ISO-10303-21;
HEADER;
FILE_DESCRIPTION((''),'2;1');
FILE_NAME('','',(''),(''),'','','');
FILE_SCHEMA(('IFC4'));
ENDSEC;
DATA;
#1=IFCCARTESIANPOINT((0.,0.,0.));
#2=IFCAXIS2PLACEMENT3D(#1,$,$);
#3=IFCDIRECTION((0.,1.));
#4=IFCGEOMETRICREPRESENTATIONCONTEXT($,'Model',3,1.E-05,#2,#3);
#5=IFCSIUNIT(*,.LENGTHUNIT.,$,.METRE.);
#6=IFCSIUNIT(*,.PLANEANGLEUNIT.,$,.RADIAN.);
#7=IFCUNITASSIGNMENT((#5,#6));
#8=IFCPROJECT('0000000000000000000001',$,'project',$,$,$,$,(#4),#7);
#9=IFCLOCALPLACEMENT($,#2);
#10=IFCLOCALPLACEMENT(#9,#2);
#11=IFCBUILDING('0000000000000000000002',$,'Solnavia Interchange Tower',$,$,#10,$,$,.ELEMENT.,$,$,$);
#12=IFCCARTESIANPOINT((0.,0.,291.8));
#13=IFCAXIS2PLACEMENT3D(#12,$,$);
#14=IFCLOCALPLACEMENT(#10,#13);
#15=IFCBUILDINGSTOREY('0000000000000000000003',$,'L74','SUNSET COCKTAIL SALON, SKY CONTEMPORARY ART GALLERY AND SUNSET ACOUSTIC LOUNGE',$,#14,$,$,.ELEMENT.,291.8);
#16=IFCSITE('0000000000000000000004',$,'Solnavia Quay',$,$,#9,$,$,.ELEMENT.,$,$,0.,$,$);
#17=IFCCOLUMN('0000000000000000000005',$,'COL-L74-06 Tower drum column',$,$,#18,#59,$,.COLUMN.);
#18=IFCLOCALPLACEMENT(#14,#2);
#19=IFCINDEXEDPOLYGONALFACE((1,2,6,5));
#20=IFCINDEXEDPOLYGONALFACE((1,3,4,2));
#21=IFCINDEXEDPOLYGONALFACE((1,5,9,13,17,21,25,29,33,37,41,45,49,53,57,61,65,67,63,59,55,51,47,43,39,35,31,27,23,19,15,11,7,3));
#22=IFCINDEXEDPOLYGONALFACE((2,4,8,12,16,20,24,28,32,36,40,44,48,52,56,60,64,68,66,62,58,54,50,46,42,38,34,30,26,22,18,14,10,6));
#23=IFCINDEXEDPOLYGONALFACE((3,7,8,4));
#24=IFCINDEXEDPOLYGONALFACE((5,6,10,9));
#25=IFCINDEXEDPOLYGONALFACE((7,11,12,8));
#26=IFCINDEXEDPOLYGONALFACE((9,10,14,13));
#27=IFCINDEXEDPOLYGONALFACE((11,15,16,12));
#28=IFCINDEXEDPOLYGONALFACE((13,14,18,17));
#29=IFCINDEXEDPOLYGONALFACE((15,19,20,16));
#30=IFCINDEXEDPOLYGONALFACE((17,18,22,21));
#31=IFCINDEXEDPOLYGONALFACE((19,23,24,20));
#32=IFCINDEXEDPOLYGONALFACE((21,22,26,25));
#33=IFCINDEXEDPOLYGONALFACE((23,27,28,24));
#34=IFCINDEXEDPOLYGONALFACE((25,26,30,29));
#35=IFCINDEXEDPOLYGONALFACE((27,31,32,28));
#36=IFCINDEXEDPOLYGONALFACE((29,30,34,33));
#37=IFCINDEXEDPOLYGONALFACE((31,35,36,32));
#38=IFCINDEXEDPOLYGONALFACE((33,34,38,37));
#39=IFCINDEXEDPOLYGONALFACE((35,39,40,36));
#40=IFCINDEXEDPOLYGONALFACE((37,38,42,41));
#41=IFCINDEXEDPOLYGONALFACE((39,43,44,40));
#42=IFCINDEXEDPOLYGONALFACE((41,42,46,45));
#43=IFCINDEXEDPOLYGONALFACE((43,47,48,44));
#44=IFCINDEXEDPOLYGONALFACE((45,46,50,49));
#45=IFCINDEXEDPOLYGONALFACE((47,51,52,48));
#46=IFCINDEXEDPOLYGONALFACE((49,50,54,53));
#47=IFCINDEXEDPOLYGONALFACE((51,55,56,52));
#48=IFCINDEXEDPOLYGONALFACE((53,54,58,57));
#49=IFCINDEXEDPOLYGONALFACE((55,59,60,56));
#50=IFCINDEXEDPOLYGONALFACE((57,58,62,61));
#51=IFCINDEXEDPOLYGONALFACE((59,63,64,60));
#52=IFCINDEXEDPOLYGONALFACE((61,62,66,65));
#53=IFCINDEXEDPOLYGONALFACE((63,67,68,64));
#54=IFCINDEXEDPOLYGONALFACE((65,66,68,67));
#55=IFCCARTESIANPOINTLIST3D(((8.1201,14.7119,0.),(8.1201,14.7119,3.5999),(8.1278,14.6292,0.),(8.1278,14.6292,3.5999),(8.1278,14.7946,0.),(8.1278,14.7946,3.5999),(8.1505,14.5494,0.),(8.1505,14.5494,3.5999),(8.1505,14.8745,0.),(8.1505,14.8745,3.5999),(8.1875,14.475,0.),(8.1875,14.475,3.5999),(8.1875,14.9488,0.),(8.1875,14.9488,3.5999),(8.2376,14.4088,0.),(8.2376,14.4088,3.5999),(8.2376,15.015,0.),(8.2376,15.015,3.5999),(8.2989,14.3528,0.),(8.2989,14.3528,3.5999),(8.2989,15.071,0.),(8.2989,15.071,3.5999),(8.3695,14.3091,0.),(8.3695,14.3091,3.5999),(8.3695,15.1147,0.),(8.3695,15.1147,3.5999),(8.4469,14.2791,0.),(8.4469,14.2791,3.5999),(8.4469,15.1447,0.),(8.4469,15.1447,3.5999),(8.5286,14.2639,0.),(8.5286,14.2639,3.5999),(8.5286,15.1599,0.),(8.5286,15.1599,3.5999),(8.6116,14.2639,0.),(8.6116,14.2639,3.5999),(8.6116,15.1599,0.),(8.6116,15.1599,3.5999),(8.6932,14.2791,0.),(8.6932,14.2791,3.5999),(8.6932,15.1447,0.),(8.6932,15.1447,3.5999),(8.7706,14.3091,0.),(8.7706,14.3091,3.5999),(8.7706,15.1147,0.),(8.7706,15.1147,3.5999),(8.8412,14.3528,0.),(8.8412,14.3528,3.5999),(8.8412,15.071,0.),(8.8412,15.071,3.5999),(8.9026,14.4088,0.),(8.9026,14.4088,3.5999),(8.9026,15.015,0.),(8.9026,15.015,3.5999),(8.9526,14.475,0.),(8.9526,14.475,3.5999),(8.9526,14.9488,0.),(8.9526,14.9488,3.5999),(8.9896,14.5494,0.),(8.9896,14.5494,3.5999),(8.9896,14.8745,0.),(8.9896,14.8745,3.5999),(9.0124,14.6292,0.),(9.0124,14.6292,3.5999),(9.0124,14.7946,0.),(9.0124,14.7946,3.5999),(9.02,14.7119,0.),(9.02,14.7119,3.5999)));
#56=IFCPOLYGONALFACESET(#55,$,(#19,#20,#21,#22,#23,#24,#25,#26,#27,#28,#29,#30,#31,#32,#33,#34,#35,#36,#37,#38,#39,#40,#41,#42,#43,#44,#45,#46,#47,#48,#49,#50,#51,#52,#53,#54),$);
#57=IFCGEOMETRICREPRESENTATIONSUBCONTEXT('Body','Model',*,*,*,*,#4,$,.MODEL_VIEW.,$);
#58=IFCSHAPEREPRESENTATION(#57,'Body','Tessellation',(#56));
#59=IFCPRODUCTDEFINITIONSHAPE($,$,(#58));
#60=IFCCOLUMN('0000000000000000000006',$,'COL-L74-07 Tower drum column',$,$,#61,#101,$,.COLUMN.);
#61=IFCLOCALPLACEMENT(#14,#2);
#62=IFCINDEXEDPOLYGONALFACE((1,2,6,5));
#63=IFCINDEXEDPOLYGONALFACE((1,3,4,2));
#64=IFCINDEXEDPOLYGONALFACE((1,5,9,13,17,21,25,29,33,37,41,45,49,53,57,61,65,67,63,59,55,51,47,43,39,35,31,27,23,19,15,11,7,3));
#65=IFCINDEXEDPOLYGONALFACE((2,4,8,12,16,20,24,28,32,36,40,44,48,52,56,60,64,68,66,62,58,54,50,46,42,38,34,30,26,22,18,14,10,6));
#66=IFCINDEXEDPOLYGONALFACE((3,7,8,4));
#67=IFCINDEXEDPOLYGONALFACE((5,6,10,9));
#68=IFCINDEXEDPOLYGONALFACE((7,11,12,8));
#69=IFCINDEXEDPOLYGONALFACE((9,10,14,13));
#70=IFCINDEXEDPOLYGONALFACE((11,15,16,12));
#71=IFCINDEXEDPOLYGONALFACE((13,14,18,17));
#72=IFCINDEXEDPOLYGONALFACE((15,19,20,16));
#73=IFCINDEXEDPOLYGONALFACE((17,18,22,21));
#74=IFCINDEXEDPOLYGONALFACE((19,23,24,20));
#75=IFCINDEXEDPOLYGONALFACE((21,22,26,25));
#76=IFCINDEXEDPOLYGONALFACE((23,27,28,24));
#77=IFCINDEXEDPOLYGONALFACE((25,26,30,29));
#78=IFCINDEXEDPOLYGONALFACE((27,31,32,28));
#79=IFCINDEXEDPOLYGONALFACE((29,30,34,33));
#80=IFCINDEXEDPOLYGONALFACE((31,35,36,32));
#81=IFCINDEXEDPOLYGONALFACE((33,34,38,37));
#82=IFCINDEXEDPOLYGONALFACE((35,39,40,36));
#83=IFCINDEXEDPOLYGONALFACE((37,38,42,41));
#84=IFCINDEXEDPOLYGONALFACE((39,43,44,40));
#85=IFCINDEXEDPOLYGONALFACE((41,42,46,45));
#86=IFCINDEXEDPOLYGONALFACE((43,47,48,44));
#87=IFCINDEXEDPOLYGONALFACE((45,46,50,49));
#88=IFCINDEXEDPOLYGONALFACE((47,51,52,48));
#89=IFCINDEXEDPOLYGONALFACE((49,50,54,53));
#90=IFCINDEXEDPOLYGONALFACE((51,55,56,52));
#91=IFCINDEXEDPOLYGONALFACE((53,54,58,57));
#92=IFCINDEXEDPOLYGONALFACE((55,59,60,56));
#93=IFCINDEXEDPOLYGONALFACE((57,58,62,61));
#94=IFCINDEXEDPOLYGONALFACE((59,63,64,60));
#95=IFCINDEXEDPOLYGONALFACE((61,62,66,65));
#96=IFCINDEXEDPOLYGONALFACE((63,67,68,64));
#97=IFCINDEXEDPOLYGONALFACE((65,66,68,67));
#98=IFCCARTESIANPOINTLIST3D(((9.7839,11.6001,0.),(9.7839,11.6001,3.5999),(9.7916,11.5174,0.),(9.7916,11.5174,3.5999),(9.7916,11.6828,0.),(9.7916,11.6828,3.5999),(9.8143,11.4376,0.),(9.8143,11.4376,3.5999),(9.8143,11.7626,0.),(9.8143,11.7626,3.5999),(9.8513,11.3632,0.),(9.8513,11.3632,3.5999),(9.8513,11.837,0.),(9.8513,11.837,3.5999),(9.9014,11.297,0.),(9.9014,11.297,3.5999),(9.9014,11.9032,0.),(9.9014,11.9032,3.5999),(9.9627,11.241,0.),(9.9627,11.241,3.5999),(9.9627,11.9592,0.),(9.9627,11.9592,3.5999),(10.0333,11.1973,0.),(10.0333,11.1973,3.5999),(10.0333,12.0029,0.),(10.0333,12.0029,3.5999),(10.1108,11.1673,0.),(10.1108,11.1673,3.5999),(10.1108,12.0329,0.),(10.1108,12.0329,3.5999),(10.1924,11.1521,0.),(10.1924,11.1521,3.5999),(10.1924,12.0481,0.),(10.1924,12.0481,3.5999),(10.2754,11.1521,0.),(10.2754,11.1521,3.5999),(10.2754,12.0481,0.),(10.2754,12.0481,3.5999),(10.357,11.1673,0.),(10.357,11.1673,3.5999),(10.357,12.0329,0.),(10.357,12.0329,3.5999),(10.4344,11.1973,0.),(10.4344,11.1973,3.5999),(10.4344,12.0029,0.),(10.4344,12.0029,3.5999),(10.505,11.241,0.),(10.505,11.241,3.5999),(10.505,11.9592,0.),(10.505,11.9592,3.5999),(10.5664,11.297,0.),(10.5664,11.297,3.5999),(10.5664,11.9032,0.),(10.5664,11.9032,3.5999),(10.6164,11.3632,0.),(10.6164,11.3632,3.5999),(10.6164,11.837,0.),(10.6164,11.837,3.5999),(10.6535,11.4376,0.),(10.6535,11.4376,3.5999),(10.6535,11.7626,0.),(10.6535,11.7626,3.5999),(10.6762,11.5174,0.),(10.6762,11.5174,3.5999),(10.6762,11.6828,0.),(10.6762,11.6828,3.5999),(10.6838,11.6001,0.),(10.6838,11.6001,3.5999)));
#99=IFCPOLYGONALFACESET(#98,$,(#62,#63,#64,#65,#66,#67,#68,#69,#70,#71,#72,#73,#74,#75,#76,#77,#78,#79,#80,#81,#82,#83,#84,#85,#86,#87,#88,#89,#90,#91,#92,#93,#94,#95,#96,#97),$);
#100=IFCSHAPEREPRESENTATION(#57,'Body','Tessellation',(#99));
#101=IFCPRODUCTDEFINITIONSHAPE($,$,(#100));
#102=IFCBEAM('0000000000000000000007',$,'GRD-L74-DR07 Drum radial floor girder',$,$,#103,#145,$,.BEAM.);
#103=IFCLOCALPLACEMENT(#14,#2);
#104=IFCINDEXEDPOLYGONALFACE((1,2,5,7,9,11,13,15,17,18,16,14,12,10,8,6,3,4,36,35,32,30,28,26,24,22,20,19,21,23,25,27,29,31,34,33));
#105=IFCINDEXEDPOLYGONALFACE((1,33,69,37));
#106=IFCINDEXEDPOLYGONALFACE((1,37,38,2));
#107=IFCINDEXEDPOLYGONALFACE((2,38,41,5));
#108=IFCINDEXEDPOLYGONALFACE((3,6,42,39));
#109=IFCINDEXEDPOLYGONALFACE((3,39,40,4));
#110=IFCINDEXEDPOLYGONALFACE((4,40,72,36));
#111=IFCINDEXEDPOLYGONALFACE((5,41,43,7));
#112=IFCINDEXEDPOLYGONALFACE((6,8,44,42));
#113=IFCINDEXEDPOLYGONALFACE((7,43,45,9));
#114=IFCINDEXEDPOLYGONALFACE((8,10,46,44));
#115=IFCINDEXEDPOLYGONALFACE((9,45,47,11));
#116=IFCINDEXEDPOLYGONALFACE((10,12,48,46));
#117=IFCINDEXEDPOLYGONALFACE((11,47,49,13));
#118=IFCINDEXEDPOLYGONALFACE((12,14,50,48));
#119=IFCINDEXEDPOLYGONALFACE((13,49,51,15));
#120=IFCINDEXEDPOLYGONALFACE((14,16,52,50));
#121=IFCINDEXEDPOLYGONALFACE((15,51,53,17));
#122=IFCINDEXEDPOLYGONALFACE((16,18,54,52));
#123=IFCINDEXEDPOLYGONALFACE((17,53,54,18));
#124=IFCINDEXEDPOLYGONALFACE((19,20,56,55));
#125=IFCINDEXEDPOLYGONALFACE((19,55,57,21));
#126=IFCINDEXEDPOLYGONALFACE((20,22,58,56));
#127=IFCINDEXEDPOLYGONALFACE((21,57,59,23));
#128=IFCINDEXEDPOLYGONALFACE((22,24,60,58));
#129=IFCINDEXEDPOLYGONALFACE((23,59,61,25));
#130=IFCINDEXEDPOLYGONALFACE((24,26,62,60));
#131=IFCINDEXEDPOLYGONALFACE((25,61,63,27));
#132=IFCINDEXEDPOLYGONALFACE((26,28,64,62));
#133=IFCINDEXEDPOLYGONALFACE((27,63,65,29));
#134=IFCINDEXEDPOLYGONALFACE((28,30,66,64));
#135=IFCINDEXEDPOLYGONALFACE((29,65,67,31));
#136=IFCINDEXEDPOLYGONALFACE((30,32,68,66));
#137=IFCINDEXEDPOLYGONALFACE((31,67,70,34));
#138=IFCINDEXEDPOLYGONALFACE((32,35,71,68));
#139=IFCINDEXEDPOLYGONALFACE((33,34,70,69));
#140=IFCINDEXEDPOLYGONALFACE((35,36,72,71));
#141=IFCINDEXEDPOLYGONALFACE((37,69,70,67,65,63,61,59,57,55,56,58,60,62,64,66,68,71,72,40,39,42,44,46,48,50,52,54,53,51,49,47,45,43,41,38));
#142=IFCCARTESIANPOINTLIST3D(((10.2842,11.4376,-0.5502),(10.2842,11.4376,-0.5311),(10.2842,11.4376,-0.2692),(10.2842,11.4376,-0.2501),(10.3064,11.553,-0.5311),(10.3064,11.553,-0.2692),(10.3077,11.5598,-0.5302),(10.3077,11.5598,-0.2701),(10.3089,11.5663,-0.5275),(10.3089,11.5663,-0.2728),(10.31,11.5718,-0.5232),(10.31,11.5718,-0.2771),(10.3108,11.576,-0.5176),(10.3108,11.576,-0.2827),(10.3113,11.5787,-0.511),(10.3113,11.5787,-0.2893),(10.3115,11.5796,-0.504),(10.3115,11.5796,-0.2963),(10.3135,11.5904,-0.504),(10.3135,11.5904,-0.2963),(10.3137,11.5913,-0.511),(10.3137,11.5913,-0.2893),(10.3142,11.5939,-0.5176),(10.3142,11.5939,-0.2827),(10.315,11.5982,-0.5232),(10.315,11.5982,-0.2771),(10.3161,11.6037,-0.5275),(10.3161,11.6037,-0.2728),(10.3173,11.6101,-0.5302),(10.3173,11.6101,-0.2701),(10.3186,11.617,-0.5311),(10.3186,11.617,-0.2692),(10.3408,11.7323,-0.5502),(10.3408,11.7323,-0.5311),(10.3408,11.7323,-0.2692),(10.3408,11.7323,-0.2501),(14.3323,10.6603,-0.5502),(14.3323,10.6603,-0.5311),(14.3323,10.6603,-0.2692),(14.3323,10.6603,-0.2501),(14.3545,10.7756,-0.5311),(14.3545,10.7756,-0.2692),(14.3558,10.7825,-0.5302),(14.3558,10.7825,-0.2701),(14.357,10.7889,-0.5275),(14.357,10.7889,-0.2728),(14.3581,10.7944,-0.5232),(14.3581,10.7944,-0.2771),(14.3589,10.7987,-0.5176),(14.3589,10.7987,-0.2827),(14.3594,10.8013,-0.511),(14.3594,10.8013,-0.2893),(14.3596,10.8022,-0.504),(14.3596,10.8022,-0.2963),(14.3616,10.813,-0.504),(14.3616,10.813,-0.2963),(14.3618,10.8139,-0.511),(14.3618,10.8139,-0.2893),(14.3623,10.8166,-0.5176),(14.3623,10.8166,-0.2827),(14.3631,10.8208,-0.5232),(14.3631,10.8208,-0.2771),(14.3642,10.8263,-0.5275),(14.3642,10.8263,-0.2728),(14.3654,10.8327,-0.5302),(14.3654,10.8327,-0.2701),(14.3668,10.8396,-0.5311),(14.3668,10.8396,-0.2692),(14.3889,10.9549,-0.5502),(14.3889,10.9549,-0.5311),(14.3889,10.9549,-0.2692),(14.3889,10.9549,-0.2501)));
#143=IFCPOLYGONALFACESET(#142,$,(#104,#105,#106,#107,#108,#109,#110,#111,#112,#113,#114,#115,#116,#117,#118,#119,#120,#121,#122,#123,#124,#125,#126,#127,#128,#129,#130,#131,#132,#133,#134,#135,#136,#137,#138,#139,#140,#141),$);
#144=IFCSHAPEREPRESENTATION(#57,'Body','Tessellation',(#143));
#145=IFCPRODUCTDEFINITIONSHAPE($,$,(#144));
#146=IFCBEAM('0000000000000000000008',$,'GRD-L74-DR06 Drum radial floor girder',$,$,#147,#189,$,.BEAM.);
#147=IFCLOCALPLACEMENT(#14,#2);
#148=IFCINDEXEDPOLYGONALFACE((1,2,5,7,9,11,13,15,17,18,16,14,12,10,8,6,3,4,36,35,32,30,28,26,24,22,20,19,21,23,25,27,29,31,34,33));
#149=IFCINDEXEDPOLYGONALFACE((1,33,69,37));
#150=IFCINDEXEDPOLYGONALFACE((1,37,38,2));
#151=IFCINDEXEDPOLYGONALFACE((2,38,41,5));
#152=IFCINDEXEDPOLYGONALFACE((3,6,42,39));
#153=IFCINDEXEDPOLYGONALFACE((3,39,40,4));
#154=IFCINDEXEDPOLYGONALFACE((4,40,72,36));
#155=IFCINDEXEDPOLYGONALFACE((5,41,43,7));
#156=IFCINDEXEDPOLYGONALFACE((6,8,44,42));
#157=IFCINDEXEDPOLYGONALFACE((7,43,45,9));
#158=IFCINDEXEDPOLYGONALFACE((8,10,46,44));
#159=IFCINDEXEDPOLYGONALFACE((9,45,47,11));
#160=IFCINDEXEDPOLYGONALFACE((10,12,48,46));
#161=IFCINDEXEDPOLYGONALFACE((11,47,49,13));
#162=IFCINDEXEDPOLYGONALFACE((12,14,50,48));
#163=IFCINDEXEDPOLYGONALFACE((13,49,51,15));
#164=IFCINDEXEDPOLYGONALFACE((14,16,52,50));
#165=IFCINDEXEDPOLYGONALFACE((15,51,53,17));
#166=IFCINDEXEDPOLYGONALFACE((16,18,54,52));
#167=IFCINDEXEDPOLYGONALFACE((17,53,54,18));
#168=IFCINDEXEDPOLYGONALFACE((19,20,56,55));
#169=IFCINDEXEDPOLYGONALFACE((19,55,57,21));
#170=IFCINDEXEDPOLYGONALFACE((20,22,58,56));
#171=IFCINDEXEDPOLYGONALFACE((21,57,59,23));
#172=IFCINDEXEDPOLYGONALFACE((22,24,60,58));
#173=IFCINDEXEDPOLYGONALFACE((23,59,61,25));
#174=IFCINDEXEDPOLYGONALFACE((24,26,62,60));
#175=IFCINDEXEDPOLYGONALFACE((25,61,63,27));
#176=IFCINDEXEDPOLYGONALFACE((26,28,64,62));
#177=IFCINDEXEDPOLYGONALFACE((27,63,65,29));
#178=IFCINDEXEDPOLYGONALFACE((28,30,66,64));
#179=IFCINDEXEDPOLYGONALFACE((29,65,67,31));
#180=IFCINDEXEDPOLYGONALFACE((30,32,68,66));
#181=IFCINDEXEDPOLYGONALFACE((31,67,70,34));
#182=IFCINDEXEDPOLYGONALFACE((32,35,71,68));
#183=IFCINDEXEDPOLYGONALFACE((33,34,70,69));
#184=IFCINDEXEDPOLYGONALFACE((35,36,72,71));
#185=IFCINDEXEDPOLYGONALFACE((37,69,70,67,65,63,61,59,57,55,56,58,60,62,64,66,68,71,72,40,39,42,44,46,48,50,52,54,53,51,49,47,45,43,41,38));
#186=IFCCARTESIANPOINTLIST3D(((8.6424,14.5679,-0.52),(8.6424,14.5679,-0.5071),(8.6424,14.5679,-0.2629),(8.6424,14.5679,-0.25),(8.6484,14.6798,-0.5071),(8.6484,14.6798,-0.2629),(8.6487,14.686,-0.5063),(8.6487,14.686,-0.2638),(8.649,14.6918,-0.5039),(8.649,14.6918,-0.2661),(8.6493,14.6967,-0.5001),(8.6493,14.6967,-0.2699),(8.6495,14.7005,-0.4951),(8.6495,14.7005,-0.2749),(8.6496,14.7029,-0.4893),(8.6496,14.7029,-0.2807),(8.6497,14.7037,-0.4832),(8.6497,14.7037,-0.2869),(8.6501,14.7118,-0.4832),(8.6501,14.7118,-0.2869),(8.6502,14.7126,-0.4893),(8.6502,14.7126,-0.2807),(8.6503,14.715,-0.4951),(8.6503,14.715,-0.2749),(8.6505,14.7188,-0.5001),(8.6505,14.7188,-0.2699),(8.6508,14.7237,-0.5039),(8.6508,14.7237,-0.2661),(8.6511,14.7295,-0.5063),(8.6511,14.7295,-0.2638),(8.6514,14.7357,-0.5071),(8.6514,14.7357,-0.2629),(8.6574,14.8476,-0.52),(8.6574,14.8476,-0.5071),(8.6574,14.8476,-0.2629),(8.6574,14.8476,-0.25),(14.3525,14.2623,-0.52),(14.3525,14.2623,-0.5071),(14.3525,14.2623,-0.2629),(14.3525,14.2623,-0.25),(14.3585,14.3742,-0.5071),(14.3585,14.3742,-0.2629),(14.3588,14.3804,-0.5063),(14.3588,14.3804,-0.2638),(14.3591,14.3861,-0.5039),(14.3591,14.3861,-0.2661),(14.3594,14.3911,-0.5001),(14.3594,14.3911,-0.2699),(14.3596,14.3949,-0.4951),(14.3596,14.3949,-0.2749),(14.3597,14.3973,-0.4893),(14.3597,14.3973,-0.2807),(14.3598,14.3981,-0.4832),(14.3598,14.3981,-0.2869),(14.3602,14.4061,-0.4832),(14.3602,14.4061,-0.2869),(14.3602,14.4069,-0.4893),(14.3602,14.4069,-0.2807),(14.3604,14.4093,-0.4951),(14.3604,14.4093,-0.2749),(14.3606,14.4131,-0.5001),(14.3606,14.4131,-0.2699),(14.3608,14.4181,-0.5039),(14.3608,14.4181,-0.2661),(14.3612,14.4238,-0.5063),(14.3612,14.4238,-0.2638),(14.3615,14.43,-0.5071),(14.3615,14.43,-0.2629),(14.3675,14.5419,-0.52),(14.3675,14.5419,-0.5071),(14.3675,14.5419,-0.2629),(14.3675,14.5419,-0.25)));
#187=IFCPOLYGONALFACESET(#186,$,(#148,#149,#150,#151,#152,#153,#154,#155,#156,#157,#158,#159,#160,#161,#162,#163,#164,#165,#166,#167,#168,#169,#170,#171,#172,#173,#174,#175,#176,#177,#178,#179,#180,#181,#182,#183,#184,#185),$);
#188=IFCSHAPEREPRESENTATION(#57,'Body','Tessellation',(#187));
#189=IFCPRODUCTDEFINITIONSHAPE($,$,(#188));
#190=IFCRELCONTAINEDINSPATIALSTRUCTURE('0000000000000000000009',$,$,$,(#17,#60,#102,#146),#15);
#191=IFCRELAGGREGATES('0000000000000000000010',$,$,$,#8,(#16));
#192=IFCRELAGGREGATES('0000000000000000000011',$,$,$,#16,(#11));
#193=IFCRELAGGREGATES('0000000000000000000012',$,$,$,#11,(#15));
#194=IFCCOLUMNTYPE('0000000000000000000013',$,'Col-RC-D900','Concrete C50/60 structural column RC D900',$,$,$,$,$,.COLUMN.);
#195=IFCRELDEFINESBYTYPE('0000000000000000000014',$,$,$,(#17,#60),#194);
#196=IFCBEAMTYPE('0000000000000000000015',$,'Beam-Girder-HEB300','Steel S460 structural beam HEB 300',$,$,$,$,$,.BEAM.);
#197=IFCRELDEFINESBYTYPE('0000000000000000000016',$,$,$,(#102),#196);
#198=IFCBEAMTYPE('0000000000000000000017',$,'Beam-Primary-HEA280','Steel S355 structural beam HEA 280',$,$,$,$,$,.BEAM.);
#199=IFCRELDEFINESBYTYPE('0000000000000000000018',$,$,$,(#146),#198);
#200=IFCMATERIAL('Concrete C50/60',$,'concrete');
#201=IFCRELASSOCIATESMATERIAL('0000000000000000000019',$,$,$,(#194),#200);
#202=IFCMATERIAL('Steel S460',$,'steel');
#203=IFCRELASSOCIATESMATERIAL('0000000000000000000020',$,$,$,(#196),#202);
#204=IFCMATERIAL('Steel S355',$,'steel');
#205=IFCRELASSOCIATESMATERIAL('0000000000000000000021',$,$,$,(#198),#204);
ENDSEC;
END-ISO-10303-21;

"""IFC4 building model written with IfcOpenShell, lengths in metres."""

from ifc_helpers import new_model, si_unit, direction, frame, origin, origin_2d, place, context, subcontext, project, spatial, circle, i_section, extrude, material, material_profile, profile_set, type_object, element, save


model = new_model("IFC4")

# Units and contexts
model_context = context("Model", 3, precision=1e-05, world=origin(), true_north=direction((0.0, 1.0)))
body_context = subcontext(model_context, "Body", "Model", "MODEL_VIEW")
ifc_project = project(units=[si_unit("LENGTHUNIT", "METRE"), si_unit("PLANEANGLEUNIT", "RADIAN")], contexts=[model_context])

# Site, building, storey
site_placement = place(None, origin())
site = spatial("IfcSite", under=ifc_project, at=site_placement, Name="Solnavia Quay", CompositionType="ELEMENT", RefElevation=0.0)
building_placement = place(site_placement, origin())
building = spatial("IfcBuilding", under=site, at=building_placement, Name="Solnavia Interchange Tower", CompositionType="ELEMENT")
storey_placement = place(building_placement, frame((0.0, 0.0, 291.8)))
storey = spatial("IfcBuildingStorey", under=building, at=storey_placement, Name="L74", Description="SUNSET COCKTAIL SALON, SKY CONTEMPORARY ART GALLERY AND SUNSET ACOUSTIC LOUNGE", CompositionType="ELEMENT", Elevation=291.8)

# Columns
ifc_material_1 = material(Name="Concrete C50/60", Category="concrete")
ifc_material_profile_1 = material_profile(ifc_material_1, circle(Radius=0.45, at=origin_2d()), Name="RC D900")
ifc_profile_set_1 = profile_set([ifc_material_profile_1], Name="Concrete C50/60")
column_type = type_object("IfcColumnType", Name="Col-RC-D900", Description="Concrete C50/60 structural column RC D900", PredefinedType="COLUMN", material=ifc_profile_set_1)
for number, where, z_axis, x_axis, name in (
    (1, (8.5701, 14.7119, 0.0), (0.0, 0.0, 1.0), (1.0, 0.0, 0.0), "COL-L74-06 Tower drum column"),
    (2, (10.2339, 11.6001, 0.0), (0.0, 0.0, 1.0), (1.0, 0.0, 0.0), "COL-L74-07 Tower drum column"),
):
    element("IfcColumn", number, at=place(storey_placement, frame(where, z_axis=z_axis, x_axis=x_axis)), inside=storey, type_object=column_type, Name=name, PredefinedType="COLUMN", context=body_context, shape_type="SweptSolid", body=[
        extrude(circle(Radius=0.45, at=origin_2d()), origin(), (0.0, 0.0, 1.0), 3.5999),
    ])

# Beams
ifc_material_2 = material(Name="Steel S460", Category="steel")
ifc_material_profile_2 = material_profile(ifc_material_2, i_section(OverallWidth=0.3, OverallDepth=0.3, WebThickness=0.011, FlangeThickness=0.019, FilletRadius=0.0271, at=origin_2d()), Name="HEB 300")
ifc_profile_set_2 = profile_set([ifc_material_profile_2], Name="Steel S460")
beam_type_1 = type_object("IfcBeamType", Name="Beam-Girder-HEB300", Description="Steel S460 structural beam HEB 300", PredefinedType="BEAM", material=ifc_profile_set_2)
beam_1_placement = place(storey_placement, frame((10.3125, 11.585, -0.4001), z_axis=(0.982058, -0.188582, 0.0), x_axis=(0.188582, 0.982058, 0.0)))
element("IfcBeam", 3, at=beam_1_placement, inside=storey, type_object=beam_type_1, Name="GRD-L74-DR07 Drum radial floor girder", PredefinedType="BEAM", context=body_context, shape_type="SweptSolid", body=[
    extrude(i_section(OverallWidth=0.3, OverallDepth=0.3, WebThickness=0.011, FlangeThickness=0.019, FilletRadius=0.0271, at=origin_2d()), origin(), (0.0, 0.0, 1.0), 4.1221),
])
ifc_material_3 = material(Name="Steel S355", Category="steel")
ifc_material_profile_3 = material_profile(ifc_material_3, i_section(OverallWidth=0.28, OverallDepth=0.27, WebThickness=0.0081, FlangeThickness=0.0129, FilletRadius=0.0239, at=origin_2d()), Name="HEA 280")
ifc_profile_set_3 = profile_set([ifc_material_profile_3], Name="Steel S355")
beam_type_2 = type_object("IfcBeamType", Name="Beam-Primary-HEA280", Description="Steel S355 structural beam HEA 280", PredefinedType="BEAM", material=ifc_profile_set_3)
beam_2_placement = place(storey_placement, frame((8.6499, 14.7078, -0.385), z_axis=(0.99857, -0.053453, 0.0), x_axis=(0.053453, 0.99857, 0.0)))
element("IfcBeam", 4, at=beam_2_placement, inside=storey, type_object=beam_type_2, Name="GRD-L74-DR06 Drum radial floor girder", PredefinedType="BEAM", context=body_context, shape_type="SweptSolid", body=[
    extrude(i_section(OverallWidth=0.28, OverallDepth=0.27, WebThickness=0.0081, FlangeThickness=0.0129, FilletRadius=0.0239, at=origin_2d()), origin(), (0.0, 0.0, 1.0), 5.7183),
])

save(model, "model.ifc")
